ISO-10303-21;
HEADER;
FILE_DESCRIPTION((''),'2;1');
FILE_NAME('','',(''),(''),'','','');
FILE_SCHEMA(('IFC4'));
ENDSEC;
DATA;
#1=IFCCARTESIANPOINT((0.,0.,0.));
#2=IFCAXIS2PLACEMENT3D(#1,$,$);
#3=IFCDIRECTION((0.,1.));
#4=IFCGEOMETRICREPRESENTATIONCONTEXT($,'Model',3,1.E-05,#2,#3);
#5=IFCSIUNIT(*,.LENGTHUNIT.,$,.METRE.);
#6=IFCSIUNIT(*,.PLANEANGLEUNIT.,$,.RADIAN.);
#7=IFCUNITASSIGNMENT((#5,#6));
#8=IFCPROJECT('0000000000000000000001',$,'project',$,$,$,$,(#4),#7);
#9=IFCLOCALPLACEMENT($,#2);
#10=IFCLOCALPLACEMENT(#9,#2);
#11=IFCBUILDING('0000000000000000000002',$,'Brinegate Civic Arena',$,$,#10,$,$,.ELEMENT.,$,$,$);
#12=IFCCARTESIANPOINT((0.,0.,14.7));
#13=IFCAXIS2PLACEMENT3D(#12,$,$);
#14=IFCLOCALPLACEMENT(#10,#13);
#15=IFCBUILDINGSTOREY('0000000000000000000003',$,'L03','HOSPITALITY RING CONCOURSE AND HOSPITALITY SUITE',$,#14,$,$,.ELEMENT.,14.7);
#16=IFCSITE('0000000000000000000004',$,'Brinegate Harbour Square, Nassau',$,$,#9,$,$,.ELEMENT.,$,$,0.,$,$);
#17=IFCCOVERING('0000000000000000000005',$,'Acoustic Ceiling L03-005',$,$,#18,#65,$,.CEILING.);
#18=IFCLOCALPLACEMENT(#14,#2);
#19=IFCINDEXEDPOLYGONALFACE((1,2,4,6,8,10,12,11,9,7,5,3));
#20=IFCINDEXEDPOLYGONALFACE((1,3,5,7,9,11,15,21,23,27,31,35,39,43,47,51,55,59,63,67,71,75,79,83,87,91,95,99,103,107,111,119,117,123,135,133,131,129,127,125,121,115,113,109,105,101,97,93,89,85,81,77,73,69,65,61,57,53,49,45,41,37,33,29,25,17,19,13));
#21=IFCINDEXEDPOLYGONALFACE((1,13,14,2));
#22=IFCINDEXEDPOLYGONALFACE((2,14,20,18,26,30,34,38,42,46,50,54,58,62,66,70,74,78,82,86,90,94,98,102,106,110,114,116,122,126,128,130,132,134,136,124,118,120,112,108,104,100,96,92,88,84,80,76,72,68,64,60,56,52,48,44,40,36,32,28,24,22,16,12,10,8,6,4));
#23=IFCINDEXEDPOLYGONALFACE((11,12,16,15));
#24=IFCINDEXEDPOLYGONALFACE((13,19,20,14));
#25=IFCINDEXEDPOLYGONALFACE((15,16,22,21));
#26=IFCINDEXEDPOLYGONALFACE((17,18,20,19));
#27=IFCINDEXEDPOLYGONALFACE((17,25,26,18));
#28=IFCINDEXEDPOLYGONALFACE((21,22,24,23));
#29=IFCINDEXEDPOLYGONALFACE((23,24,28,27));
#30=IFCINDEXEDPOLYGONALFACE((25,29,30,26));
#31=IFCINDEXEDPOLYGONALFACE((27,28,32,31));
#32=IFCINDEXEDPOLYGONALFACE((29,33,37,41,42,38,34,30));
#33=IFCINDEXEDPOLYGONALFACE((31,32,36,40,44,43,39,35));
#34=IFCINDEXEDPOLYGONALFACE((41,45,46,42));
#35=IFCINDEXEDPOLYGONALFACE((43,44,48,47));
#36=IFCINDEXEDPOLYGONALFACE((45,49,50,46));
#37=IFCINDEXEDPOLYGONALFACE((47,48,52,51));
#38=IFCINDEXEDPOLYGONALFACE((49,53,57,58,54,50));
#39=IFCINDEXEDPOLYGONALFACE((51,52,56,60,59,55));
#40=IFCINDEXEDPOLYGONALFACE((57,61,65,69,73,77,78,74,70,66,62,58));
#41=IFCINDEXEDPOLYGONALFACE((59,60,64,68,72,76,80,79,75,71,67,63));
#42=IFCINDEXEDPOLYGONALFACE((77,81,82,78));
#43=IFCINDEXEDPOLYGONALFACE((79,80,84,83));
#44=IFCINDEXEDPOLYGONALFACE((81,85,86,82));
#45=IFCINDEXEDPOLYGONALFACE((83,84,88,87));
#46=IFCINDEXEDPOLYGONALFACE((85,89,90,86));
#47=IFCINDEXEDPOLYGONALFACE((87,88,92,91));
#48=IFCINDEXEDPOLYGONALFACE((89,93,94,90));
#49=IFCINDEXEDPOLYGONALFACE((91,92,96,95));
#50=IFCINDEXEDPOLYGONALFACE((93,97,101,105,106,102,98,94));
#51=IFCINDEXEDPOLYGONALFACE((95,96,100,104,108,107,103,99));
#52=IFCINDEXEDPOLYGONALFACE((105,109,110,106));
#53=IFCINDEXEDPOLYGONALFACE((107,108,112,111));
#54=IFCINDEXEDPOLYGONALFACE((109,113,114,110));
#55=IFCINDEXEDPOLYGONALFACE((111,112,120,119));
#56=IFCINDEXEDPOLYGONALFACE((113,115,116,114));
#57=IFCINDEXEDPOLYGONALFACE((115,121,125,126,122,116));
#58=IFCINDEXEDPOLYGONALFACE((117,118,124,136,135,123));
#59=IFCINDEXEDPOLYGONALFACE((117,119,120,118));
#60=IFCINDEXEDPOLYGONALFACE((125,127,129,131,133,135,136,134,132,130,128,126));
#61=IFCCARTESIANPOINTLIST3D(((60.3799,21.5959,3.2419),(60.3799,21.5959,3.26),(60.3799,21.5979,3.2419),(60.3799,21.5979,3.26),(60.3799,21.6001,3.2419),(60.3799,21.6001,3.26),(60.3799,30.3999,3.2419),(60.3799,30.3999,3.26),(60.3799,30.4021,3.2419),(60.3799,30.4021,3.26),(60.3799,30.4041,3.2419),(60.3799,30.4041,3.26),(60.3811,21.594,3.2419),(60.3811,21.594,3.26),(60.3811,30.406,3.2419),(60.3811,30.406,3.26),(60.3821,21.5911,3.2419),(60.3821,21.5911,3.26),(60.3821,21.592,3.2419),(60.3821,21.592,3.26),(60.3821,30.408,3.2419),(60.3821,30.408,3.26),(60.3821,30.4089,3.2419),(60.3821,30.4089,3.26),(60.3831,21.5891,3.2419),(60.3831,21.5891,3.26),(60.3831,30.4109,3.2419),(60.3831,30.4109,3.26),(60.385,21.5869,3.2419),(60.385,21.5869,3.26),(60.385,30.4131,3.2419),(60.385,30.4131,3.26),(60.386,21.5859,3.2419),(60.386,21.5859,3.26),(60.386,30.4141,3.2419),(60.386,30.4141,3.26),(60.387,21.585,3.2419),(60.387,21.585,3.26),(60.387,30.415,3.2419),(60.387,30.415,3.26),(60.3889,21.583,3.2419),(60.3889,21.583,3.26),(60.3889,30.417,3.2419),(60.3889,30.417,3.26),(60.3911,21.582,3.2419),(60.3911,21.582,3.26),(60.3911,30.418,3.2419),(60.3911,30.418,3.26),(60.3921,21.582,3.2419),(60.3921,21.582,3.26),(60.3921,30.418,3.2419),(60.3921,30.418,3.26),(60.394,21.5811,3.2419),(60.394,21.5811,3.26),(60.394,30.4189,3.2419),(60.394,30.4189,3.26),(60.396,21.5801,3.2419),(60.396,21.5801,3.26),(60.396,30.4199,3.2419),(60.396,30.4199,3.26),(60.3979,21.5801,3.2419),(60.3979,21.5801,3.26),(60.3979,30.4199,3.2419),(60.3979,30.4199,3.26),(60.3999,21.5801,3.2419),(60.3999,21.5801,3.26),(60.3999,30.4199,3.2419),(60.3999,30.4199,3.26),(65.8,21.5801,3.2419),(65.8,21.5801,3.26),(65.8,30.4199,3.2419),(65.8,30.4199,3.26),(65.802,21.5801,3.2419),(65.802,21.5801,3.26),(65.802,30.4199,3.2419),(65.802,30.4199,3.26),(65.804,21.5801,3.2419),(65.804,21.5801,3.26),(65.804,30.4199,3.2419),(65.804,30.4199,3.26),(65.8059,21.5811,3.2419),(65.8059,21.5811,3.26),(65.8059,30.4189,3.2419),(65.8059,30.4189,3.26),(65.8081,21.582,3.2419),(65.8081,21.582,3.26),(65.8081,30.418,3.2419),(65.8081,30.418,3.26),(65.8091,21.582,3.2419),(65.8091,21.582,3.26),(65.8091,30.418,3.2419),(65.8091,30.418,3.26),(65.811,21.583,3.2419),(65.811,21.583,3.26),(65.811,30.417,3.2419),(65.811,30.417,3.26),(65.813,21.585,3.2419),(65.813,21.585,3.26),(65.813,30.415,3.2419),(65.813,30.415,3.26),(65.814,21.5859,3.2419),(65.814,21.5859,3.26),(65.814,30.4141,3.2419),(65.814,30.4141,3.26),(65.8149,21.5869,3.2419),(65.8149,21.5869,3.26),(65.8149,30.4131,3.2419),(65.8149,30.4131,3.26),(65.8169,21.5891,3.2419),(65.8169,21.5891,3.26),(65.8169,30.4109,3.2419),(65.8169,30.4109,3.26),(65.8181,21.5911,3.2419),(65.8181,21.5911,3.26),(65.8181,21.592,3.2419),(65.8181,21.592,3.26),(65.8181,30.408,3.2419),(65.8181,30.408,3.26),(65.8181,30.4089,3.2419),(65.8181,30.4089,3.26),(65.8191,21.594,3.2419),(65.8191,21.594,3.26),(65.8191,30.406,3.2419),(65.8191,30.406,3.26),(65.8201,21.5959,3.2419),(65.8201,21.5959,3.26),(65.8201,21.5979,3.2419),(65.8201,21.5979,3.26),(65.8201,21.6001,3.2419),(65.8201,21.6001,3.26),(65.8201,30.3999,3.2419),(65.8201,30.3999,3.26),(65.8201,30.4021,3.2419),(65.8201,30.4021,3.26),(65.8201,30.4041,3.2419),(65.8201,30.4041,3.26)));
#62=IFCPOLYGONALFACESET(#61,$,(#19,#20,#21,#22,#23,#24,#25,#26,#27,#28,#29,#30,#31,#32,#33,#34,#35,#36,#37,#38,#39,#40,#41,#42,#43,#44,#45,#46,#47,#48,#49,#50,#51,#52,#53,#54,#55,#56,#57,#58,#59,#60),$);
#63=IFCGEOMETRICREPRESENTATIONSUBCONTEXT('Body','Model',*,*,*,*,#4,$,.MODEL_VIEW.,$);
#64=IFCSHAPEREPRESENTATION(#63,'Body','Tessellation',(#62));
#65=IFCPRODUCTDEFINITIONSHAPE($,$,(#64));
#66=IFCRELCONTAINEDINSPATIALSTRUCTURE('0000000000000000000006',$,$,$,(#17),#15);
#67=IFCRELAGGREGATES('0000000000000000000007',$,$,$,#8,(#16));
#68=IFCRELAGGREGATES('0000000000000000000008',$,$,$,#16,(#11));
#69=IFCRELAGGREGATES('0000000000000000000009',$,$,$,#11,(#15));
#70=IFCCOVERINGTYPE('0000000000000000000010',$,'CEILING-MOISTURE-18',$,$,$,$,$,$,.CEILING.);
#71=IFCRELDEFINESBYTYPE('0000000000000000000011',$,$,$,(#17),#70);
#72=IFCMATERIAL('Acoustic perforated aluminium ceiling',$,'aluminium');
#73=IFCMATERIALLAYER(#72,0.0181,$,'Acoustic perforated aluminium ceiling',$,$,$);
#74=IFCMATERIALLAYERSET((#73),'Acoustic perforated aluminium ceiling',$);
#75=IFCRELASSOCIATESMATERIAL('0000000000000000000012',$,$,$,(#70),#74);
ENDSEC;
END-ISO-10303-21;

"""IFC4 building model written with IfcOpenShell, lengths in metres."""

from ifc_helpers import new_model, si_unit, direction, frame, origin, place, context, subcontext, project, spatial, polyline, outline, extrude, material, layer, layer_set, type_object, element, save


model = new_model("IFC4")

# Units and contexts
model_context = context("Model", 3, precision=1e-05, world=origin(), true_north=direction((0.0, 1.0)))
body_context = subcontext(model_context, "Body", "Model", "MODEL_VIEW")
ifc_project = project(units=[si_unit("LENGTHUNIT", "METRE"), si_unit("PLANEANGLEUNIT", "RADIAN")], contexts=[model_context])

# Site, building, storey
site_placement = place(None, origin())
site = spatial("IfcSite", under=ifc_project, at=site_placement, Name="Brinegate Harbour Square, Nassau", CompositionType="ELEMENT", RefElevation=0.0)
building_placement = place(site_placement, origin())
building = spatial("IfcBuilding", under=site, at=building_placement, Name="Brinegate Civic Arena", CompositionType="ELEMENT")
storey_placement = place(building_placement, frame((0.0, 0.0, 14.7)))
storey = spatial("IfcBuildingStorey", under=building, at=storey_placement, Name="L03", Description="HOSPITALITY RING CONCOURSE AND HOSPITALITY SUITE", CompositionType="ELEMENT", Elevation=14.7)

# Covering
ifc_material_1 = material(Name="Acoustic perforated aluminium ceiling", Category="aluminium")
ifc_layer_1 = layer(ifc_material_1, 0.0181, Name="Acoustic perforated aluminium ceiling")
ifc_layer_set_1 = layer_set([ifc_layer_1], Name="Acoustic perforated aluminium ceiling")
covering_type_1 = type_object("IfcCoveringType", Name="CEILING-MOISTURE-18", PredefinedType="CEILING", material=ifc_layer_set_1)
covering_1_placement = place(storey_placement, frame((0.0, 0.0, 3.2419)))
element("IfcCovering", 1, at=covering_1_placement, inside=storey, type_object=covering_type_1, Name="Acoustic Ceiling L03-005", PredefinedType="CEILING", context=body_context, shape_type="SweptSolid", body=[
    extrude(outline(polyline([(65.804, 30.4199), (65.8059, 30.4189), (65.8081, 30.418), (65.8091, 30.418), (65.811, 30.417), (65.813, 30.415), (65.814, 30.4141), (65.8149, 30.4131), (65.8169, 30.4109), (65.8181, 30.4089), (65.8181, 30.408), (65.8191, 30.406), (65.8201, 30.4041), (65.8201, 30.4021), (65.8201, 30.3999), (65.8201, 21.6001), (65.8201, 21.5979), (65.8201, 21.5959), (65.8191, 21.594), (65.8181, 21.592), (65.8181, 21.5911), (65.8169, 21.5891), (65.8149, 21.5869), (65.814, 21.5859), (65.813, 21.585), (65.811, 21.583), (65.8091, 21.582), (65.8081, 21.582), (65.8059, 21.5811), (65.804, 21.5801), (65.802, 21.5801), (65.8, 21.5801), (60.3999, 21.5801), (60.3979, 21.5801), (60.396, 21.5801), (60.394, 21.5811), (60.3921, 21.582), (60.3911, 21.582), (60.3889, 21.583), (60.387, 21.585), (60.386, 21.5859), (60.385, 21.5869), (60.3831, 21.5891), (60.3821, 21.5911), (60.3821, 21.592), (60.3811, 21.594), (60.3799, 21.5959), (60.3799, 21.5979), (60.3799, 21.6001), (60.3799, 30.3999), (60.3799, 30.4021), (60.3799, 30.4041), (60.3811, 30.406), (60.3821, 30.408), (60.3821, 30.4089), (60.3831, 30.4109), (60.385, 30.4131), (60.386, 30.4141), (60.387, 30.415), (60.3889, 30.417), (60.3911, 30.418), (60.3921, 30.418), (60.394, 30.4189), (60.396, 30.4199), (60.3979, 30.4199), (60.3999, 30.4199), (65.8, 30.4199), (65.802, 30.4199), (65.804, 30.4199)])), origin(), (0.0, 0.0, 1.0), 0.0181),
])

save(model, "model.ifc")
